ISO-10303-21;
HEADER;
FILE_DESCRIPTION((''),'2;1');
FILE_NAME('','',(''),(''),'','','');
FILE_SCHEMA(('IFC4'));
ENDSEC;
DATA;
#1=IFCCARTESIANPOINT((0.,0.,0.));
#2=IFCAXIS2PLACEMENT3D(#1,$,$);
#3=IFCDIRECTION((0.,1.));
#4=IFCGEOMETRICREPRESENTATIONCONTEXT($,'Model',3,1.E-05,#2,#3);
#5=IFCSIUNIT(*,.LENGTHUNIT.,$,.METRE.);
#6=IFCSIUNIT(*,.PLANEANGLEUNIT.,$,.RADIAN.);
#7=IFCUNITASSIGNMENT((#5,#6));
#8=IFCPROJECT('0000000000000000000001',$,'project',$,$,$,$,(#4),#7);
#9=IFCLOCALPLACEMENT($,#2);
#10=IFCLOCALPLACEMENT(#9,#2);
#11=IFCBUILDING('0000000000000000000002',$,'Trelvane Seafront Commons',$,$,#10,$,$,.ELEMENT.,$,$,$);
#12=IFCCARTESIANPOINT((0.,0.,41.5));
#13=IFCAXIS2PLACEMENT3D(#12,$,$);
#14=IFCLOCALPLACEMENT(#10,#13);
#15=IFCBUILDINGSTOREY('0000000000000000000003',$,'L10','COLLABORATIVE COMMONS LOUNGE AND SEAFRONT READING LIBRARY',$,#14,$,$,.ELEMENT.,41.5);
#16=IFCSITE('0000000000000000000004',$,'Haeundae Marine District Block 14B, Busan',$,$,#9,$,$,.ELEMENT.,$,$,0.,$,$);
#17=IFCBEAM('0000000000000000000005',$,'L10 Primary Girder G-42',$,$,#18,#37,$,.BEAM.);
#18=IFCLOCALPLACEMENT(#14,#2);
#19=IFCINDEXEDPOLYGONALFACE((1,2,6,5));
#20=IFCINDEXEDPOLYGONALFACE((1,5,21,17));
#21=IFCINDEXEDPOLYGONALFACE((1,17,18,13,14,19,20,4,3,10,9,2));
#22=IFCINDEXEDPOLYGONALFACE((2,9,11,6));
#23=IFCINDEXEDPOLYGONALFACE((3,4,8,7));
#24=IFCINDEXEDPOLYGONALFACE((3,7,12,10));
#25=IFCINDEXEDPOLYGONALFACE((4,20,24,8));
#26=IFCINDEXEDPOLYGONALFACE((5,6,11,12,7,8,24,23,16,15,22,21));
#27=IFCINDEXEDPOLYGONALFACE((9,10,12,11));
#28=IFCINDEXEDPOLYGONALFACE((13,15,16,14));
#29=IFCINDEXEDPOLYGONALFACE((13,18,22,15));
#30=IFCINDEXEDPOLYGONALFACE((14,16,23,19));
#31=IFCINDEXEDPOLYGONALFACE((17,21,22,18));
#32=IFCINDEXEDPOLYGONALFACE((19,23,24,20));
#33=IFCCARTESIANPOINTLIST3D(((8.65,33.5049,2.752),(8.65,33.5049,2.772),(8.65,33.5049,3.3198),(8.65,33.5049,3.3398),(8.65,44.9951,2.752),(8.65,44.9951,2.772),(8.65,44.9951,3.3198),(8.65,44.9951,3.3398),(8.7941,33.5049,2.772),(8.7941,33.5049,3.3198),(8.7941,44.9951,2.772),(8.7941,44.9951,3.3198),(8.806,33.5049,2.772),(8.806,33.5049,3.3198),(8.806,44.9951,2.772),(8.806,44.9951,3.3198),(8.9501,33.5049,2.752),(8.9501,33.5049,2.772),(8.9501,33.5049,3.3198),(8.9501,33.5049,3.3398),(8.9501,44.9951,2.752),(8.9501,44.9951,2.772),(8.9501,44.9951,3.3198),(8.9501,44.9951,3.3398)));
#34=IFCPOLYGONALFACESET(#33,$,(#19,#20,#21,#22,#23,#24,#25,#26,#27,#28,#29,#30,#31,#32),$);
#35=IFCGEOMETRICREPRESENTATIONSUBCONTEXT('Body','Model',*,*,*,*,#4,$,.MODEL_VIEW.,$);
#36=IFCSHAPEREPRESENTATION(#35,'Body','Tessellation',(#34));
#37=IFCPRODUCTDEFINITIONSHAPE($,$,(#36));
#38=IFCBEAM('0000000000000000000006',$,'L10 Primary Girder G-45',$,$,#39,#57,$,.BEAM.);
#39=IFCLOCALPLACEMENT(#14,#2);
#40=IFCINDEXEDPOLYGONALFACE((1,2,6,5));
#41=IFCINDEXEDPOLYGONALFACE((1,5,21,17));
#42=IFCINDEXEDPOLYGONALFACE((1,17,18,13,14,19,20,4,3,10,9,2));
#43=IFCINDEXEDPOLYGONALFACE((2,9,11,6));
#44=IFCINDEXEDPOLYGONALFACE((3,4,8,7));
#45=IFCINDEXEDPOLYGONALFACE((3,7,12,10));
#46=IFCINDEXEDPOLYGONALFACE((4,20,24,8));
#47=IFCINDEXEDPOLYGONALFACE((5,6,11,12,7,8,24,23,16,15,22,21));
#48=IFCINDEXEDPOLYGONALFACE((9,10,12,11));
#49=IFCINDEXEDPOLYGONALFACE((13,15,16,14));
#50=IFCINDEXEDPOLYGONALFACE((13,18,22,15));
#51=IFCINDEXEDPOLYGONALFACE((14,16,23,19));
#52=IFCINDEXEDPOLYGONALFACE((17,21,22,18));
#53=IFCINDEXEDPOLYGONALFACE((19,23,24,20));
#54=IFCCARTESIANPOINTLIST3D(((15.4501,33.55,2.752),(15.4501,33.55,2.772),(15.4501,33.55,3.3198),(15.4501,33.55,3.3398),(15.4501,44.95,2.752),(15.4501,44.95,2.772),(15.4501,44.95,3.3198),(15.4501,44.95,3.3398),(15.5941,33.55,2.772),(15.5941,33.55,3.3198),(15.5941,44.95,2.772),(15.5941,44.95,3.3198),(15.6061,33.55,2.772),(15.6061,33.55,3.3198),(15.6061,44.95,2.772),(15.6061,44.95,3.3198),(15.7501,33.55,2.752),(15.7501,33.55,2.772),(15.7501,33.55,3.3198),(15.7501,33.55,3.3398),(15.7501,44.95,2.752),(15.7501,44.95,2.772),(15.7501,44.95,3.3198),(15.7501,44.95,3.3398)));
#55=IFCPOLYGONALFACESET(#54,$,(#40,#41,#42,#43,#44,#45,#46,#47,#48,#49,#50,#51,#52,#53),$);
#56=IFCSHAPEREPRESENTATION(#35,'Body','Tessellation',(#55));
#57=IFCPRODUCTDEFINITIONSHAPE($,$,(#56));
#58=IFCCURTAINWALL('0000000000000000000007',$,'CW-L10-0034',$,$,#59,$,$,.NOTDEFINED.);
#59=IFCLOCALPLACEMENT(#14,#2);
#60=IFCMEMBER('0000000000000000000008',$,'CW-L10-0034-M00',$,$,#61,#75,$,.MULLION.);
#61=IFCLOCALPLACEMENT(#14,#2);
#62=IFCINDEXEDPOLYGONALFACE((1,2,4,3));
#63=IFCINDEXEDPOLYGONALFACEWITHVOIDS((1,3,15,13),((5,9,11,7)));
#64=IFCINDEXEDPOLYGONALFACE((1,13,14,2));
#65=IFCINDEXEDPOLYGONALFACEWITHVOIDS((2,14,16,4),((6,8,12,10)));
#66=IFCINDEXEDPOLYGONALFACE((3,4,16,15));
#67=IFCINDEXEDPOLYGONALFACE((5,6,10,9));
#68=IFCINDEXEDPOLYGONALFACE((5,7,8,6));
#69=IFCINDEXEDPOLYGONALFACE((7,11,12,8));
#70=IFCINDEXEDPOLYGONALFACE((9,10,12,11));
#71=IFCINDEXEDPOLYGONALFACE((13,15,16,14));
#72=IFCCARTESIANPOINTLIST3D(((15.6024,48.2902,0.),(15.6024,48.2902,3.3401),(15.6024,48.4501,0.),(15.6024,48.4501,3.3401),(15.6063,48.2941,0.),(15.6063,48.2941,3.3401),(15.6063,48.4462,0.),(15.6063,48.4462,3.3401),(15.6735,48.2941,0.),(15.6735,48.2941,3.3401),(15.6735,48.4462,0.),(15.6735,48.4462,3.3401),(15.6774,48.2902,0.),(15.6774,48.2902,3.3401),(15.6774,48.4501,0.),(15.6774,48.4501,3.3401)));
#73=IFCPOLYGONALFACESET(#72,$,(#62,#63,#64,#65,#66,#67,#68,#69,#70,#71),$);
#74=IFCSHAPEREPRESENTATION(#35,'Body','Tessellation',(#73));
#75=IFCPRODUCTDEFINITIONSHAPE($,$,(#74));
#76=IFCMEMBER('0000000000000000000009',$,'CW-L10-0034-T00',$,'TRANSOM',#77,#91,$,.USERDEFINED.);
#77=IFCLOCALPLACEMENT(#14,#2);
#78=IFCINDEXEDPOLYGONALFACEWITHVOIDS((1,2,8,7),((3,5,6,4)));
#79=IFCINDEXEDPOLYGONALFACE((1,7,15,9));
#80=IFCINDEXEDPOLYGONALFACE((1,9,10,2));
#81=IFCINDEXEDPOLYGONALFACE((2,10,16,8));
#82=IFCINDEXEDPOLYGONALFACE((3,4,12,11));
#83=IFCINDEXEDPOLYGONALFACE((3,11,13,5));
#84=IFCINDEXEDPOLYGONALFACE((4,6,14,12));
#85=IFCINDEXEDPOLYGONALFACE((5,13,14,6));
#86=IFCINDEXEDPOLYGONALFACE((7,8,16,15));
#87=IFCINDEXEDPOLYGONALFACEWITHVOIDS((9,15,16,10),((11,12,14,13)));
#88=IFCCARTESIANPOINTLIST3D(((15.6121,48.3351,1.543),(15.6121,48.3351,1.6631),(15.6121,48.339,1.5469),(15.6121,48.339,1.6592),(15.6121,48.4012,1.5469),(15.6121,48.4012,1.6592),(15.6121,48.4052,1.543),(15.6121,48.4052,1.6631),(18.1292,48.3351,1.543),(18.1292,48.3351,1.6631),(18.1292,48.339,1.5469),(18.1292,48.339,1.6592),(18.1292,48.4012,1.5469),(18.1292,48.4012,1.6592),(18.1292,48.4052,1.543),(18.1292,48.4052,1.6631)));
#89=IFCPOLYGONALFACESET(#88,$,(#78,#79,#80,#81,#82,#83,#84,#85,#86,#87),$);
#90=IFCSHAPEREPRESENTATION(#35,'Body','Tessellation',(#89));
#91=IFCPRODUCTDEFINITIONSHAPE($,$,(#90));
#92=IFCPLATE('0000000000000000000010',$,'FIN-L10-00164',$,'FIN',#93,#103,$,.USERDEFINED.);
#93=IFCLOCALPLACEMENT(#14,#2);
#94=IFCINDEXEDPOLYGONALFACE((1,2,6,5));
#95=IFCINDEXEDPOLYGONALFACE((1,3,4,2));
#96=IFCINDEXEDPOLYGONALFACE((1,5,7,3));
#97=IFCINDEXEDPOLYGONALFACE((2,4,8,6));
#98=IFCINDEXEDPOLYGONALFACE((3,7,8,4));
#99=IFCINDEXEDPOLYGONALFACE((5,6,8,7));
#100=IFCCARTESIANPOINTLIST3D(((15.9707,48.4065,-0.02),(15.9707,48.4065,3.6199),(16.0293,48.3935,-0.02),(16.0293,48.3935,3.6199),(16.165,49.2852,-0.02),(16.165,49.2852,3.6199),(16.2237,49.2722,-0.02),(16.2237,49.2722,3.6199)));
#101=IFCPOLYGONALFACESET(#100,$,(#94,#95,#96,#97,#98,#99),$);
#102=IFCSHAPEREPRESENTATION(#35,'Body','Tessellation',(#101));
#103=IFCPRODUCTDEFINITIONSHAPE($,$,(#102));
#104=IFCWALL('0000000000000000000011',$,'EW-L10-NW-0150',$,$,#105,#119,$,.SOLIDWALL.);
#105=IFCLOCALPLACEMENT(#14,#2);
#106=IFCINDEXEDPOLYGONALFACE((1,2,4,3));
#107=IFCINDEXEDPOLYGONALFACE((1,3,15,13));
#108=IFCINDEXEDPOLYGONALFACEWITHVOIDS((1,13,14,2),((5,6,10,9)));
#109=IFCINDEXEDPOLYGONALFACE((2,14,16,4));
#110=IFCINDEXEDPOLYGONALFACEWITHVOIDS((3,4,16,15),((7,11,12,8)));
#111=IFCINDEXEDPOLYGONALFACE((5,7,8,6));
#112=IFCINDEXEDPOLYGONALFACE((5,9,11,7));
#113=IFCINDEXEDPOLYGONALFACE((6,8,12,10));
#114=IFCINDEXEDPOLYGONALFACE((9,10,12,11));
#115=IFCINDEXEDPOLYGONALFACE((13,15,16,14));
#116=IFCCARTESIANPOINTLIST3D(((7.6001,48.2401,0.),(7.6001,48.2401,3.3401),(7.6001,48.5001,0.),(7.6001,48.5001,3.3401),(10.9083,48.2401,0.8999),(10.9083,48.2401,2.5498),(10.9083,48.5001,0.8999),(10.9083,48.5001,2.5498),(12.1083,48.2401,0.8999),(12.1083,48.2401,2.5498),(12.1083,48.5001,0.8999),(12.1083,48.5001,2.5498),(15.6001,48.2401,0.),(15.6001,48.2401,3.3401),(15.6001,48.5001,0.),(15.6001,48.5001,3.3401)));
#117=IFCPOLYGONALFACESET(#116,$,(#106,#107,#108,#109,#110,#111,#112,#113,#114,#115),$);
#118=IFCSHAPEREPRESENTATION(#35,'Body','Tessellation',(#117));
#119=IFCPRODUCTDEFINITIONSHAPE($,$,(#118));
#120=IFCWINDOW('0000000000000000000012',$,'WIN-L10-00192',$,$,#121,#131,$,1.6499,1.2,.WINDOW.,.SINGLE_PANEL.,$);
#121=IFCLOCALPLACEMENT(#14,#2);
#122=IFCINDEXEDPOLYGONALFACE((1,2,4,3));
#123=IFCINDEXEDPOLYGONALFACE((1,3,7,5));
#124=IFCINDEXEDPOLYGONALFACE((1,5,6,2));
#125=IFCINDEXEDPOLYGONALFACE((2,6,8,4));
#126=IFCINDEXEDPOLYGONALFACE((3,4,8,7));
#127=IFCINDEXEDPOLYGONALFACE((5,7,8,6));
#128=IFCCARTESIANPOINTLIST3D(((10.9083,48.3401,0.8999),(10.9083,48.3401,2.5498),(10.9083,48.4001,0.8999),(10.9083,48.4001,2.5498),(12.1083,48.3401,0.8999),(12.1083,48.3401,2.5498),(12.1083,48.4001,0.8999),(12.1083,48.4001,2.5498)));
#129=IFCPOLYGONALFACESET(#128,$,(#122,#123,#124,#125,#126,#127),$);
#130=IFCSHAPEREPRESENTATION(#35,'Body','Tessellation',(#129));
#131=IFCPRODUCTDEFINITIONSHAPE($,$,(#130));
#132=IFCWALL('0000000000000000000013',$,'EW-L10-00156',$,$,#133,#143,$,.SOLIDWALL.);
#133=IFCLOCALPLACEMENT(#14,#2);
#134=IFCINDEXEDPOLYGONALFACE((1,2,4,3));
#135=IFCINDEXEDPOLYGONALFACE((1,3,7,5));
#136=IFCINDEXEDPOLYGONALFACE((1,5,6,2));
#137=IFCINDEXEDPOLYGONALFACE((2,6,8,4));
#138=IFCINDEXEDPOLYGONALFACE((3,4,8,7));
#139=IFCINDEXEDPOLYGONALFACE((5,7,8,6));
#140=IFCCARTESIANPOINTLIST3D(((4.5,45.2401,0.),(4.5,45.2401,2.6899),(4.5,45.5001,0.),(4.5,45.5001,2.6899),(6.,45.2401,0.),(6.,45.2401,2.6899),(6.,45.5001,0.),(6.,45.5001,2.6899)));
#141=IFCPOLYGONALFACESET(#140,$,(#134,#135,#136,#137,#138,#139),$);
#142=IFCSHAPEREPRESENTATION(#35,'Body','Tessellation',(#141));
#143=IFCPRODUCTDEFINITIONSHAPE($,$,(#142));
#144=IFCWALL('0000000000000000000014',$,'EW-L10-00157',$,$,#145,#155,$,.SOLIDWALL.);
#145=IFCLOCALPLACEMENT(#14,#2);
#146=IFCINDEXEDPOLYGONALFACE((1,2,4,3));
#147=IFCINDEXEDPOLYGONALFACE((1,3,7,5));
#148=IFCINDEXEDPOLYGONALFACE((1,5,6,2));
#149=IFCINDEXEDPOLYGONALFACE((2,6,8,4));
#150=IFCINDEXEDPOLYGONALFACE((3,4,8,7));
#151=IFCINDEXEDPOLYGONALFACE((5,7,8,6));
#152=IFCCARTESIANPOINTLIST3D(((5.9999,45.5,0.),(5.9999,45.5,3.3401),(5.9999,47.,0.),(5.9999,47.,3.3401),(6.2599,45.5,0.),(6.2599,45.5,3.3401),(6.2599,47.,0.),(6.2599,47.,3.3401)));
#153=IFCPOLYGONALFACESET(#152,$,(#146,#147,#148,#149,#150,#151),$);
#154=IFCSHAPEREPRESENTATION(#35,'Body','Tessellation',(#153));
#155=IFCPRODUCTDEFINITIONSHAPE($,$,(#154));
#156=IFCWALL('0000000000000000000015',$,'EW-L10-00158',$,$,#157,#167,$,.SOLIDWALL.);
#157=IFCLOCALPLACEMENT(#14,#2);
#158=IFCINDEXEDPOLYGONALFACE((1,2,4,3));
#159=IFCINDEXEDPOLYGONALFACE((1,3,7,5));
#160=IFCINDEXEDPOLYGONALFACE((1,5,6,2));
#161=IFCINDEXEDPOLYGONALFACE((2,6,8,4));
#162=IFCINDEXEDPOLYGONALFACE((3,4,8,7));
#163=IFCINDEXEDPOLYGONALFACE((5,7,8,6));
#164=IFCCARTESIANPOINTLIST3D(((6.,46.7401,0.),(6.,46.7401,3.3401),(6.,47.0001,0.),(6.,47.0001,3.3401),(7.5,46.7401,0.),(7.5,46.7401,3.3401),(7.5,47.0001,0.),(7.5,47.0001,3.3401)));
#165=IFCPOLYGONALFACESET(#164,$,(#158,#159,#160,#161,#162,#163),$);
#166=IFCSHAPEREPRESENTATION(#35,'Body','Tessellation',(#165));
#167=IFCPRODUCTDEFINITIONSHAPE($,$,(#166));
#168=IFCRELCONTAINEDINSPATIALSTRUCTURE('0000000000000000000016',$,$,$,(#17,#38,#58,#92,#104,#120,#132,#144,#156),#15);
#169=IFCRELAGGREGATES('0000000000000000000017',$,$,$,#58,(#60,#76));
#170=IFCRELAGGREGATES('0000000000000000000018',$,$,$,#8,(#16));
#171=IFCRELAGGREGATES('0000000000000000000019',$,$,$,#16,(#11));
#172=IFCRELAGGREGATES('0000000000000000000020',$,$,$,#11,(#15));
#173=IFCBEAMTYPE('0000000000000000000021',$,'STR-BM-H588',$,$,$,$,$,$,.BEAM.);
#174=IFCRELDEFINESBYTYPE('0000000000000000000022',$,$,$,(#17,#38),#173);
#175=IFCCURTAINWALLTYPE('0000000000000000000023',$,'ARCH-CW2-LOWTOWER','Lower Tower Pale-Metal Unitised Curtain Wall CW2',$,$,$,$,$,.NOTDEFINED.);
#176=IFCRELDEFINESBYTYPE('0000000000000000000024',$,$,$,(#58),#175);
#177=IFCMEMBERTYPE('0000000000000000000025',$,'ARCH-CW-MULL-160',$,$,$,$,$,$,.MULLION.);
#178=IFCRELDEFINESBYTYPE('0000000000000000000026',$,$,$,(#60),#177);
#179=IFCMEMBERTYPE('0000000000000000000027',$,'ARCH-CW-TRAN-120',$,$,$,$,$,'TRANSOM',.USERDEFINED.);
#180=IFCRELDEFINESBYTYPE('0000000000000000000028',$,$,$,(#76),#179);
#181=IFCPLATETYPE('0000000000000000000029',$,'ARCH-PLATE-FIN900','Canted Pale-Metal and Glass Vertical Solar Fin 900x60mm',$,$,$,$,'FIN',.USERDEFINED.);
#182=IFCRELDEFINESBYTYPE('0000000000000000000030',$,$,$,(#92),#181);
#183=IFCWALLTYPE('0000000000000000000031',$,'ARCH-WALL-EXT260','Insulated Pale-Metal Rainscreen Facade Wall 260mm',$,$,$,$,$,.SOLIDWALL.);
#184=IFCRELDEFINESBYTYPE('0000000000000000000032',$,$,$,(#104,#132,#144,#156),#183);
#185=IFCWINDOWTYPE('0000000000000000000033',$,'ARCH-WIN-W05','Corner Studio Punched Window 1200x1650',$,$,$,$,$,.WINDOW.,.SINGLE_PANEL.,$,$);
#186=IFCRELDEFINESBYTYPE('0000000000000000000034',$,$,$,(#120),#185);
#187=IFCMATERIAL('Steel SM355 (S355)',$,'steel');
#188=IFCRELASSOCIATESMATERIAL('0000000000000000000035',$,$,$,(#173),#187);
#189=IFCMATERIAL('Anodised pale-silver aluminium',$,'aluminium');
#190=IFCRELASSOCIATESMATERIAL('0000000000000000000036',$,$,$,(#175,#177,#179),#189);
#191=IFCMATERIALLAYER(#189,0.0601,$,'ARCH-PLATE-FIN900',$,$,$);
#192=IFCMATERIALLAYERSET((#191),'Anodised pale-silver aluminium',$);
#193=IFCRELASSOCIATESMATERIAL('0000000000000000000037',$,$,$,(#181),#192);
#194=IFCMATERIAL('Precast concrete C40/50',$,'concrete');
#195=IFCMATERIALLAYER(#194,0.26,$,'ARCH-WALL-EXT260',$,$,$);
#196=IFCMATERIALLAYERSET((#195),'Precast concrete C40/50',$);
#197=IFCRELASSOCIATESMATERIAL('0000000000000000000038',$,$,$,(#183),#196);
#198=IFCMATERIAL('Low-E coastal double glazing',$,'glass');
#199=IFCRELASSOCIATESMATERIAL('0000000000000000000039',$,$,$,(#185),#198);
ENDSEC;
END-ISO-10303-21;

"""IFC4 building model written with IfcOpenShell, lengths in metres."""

from ifc_helpers import new_model, si_unit, direction, frame, frame_2d, origin, origin_2d, place, context, subcontext, project, spatial, rectangle, hollow_rectangle, i_section, extrude, source, transform, mapped, material, layer, layer_set, material_profile, profile_set, type_object, element, fill, aggregate, save


model = new_model("IFC4")

# Units and contexts
model_context = context("Model", 3, precision=1e-05, world=origin(), true_north=direction((0.0, 1.0)))
body_context = subcontext(model_context, "Body", "Model", "MODEL_VIEW")
ifc_project = project(units=[si_unit("LENGTHUNIT", "METRE"), si_unit("PLANEANGLEUNIT", "RADIAN")], contexts=[model_context])

# Site, building, storey
site_placement = place(None, origin())
site = spatial("IfcSite", under=ifc_project, at=site_placement, Name="Haeundae Marine District Block 14B, Busan", CompositionType="ELEMENT", RefElevation=0.0)
building_placement = place(site_placement, origin())
building = spatial("IfcBuilding", under=site, at=building_placement, Name="Trelvane Seafront Commons", CompositionType="ELEMENT")
storey_placement = place(building_placement, frame((0.0, 0.0, 41.5)))
storey = spatial("IfcBuildingStorey", under=building, at=storey_placement, Name="L10", Description="COLLABORATIVE COMMONS LOUNGE AND SEAFRONT READING LIBRARY", CompositionType="ELEMENT", Elevation=41.5)

# Shared definitions
ifc_material_1 = material(Name="Steel SM355 (S355)", Category="steel")

# Beams
ifc_material_profile_1 = material_profile(ifc_material_1, i_section(OverallWidth=0.3, OverallDepth=0.5879, WebThickness=0.012, FlangeThickness=0.02, at=origin_2d()), Name="H-588x300x12x20")
ifc_profile_set_1 = profile_set([ifc_material_profile_1], Name="Steel SM355 (S355)")
beam_type_1 = type_object("IfcBeamType", Name="STR-BM-H588", PredefinedType="BEAM", material=ifc_profile_set_1)
shared_shape_1 = source(origin(), body_context, "Body", "SweptSolid", [
    extrude(i_section(OverallWidth=0.3, OverallDepth=0.5879, WebThickness=0.012, FlangeThickness=0.02, at=origin_2d()), origin(), (0.0, 0.0, 1.0), 11.4902),
])
for number, where, z_axis, x_axis, name in (
    (1, (8.8, 33.5049, 3.0459), (0.0, 1.0, 0.0), (-1.0, 0.0, 0.0), "L10 Primary Girder G-42"),
):
    element("IfcBeam", number, at=place(storey_placement, frame(where, z_axis=z_axis, x_axis=x_axis)), inside=storey, type_object=beam_type_1, Name=name, PredefinedType="BEAM", context=body_context, shape_type="MappedRepresentation", body=[
        mapped(shared_shape_1, transform((0.0, 0.0, 0.0), x_axis=(1.0, 0.0, 0.0), y_axis=(0.0, 1.0, 0.0), z_axis=(0.0, 0.0, 1.0), scale=1.0)),
    ])
shared_shape_2 = source(origin(), body_context, "Body", "SweptSolid", [
    extrude(i_section(OverallWidth=0.3, OverallDepth=0.5879, WebThickness=0.012, FlangeThickness=0.02, at=origin_2d()), origin(), (0.0, 0.0, 1.0), 11.3999),
])
beam_1_placement = place(storey_placement, frame((15.6001, 33.55, 3.0459), z_axis=(0.0, 1.0, 0.0), x_axis=(-1.0, 0.0, 0.0)))
element("IfcBeam", 2, at=beam_1_placement, inside=storey, type_object=beam_type_1, Name="L10 Primary Girder G-45", PredefinedType="BEAM", context=body_context, shape_type="MappedRepresentation", body=[
    mapped(shared_shape_2, transform((0.0, 0.0, 0.0), x_axis=(1.0, 0.0, 0.0), y_axis=(0.0, 1.0, 0.0), z_axis=(0.0, 0.0, 1.0), scale=1.0)),
])

# Curtain wall, members
ifc_material_2 = material(Name="Anodised pale-silver aluminium", Category="aluminium")
curtain_wall_type = type_object("IfcCurtainWallType", Name="ARCH-CW2-LOWTOWER", Description="Lower Tower Pale-Metal Unitised Curtain Wall CW2", PredefinedType="NOTDEFINED", material=ifc_material_2)
curtain_wall_placement = place(storey_placement, origin())
curtain_wall = element("IfcCurtainWall", 3, at=curtain_wall_placement, inside=storey, type_object=curtain_wall_type, Name="CW-L10-0034", PredefinedType="NOTDEFINED")
ifc_material_profile_2 = material_profile(ifc_material_2, hollow_rectangle(XDim=0.075, YDim=0.1599, WallThickness=0.0039, at=origin_2d()), Name="MULL-75x160x4")
ifc_profile_set_2 = profile_set([ifc_material_profile_2], Name="Anodised pale-silver aluminium")
member_type_1 = type_object("IfcMemberType", Name="ARCH-CW-MULL-160", PredefinedType="MULLION", material=ifc_profile_set_2)
shared_shape_3 = source(origin(), body_context, "Body", "SweptSolid", [
    extrude(hollow_rectangle(XDim=0.075, YDim=0.1599, WallThickness=0.0039, at=origin_2d()), origin(), (0.0, 0.0, 1.0), 3.3401),
])
member_1_placement = place(storey_placement, frame((15.6399, 48.3701, 0.0), z_axis=(0.0, 0.0, 1.0), x_axis=(1.0, 0.0, 0.0)))
member_1 = element("IfcMember", 4, at=member_1_placement, type_object=member_type_1, Name="CW-L10-0034-M00", PredefinedType="MULLION", context=body_context, shape_type="MappedRepresentation", body=[
    mapped(shared_shape_3, transform((0.0, 0.0, 0.0), x_axis=(1.0, 0.0, 0.0), y_axis=(0.0, 1.0, 0.0), z_axis=(0.0, 0.0, 1.0), scale=1.0)),
])
ifc_material_profile_3 = material_profile(ifc_material_2, hollow_rectangle(XDim=0.0701, YDim=0.1201, WallThickness=0.0039, at=origin_2d()), Name="TRAN-70x120x4")
ifc_profile_set_3 = profile_set([ifc_material_profile_3], Name="Anodised pale-silver aluminium")
member_type_2 = type_object("IfcMemberType", Name="ARCH-CW-TRAN-120", ElementType="TRANSOM", PredefinedType="USERDEFINED", material=ifc_profile_set_3)
shared_shape_4 = source(origin(), body_context, "Body", "SweptSolid", [
    extrude(hollow_rectangle(XDim=0.0701, YDim=0.1201, WallThickness=0.0039, at=origin_2d()), origin(), (0.0, 0.0, 1.0), 2.5171),
])
member_2_placement = place(storey_placement, frame((15.6121, 48.3701, 1.603), z_axis=(1.0, 0.0, 0.0), x_axis=(0.0, 1.0, 0.0)))
member_2 = element("IfcMember", 5, at=member_2_placement, type_object=member_type_2, Name="CW-L10-0034-T00", ObjectType="TRANSOM", PredefinedType="USERDEFINED", context=body_context, shape_type="MappedRepresentation", body=[
    mapped(shared_shape_4, transform((0.0, 0.0, 0.0), x_axis=(1.0, 0.0, 0.0), y_axis=(0.0, 1.0, 0.0), z_axis=(0.0, 0.0, 1.0), scale=1.0)),
])
aggregate(curtain_wall, [member_1, member_2])

# Plate
ifc_layer_1 = layer(ifc_material_2, 0.0601, Name="ARCH-PLATE-FIN900")
ifc_layer_set_1 = layer_set([ifc_layer_1], Name="Anodised pale-silver aluminium")
plate_type = type_object("IfcPlateType", Name="ARCH-PLATE-FIN900", Description="Canted Pale-Metal and Glass Vertical Solar Fin 900x60mm", ElementType="FIN", PredefinedType="USERDEFINED", material=ifc_layer_set_1)
shared_shape_5 = source(origin(), body_context, "Body", "SweptSolid", [
    extrude(rectangle(XDim=0.8999, YDim=0.0601, at=origin_2d()), origin(), (0.0, 0.0, 1.0), 3.6399),
])
plate_placement = place(storey_placement, frame((16.0972, 48.8394, -0.02), z_axis=(0.0, 0.0, 1.0), x_axis=(0.216012, 0.976391, 0.0)))
element("IfcPlate", 6, at=plate_placement, inside=storey, type_object=plate_type, Name="FIN-L10-00164", ObjectType="FIN", PredefinedType="USERDEFINED", context=body_context, shape_type="MappedRepresentation", body=[
    mapped(shared_shape_5, transform((0.0, 0.0, 0.0), x_axis=(1.0, 0.0, 0.0), y_axis=(0.0, 1.0, 0.0), z_axis=(0.0, 0.0, 1.0), scale=1.0)),
])

# Wall, opening, window
ifc_material_3 = material(Name="Precast concrete C40/50", Category="concrete")
ifc_layer_2 = layer(ifc_material_3, 0.26, Name="ARCH-WALL-EXT260")
ifc_layer_set_2 = layer_set([ifc_layer_2], Name="Precast concrete C40/50")
wall_type_1 = type_object("IfcWallType", Name="ARCH-WALL-EXT260", Description="Insulated Pale-Metal Rainscreen Facade Wall 260mm", PredefinedType="SOLIDWALL", material=ifc_layer_set_2)
wall_1_placement = place(storey_placement, frame((7.6001, 48.3701, 0.0), z_axis=(0.0, 0.0, 1.0), x_axis=(1.0, 0.0, 0.0)))
wall_1 = element("IfcWall", 7, at=wall_1_placement, inside=storey, type_object=wall_type_1, Name="EW-L10-NW-0150", PredefinedType="SOLIDWALL", context=body_context, shape_type="SweptSolid", body=[
    extrude(rectangle(XDim=8.0, YDim=0.26, at=frame_2d((4.0, 0.0))), origin(), (0.0, 0.0, 1.0), 3.3401),
])
opening_1_placement = place(wall_1_placement, frame((3.3081, 0.0, 0.8999)))
opening_1 = element("IfcOpeningElement", 8, at=opening_1_placement, cuts=wall_1, PredefinedType="OPENING", context=body_context, shape_type="SweptSolid", body=[
    extrude(rectangle(XDim=1.2, YDim=1.6499, at=frame_2d((0.6001, 0.825))), frame((0.0, 0.1399, 0.0), z_axis=(0.0, -1.0, 0.0), x_axis=(1.0, 0.0, 0.0)), (0.0, 0.0, 1.0), 0.28),
])
ifc_material_4 = material(Name="Low-E coastal double glazing", Category="glass")
window_type = type_object("IfcWindowType", Name="ARCH-WIN-W05", Description="Corner Studio Punched Window 1200x1650", PartitioningType="SINGLE_PANEL", PredefinedType="WINDOW", material=ifc_material_4)
shared_shape_6 = source(origin(), body_context, "Body", "SweptSolid", [
    extrude(rectangle(XDim=1.2, YDim=1.6499, at=frame_2d((0.6001, 0.825))), frame((0.0, 0.03, 0.0), z_axis=(0.0, -1.0, 0.0), x_axis=(1.0, 0.0, 0.0)), (0.0, 0.0, 1.0), 0.0601),
])
window_placement = place(opening_1_placement, origin())
window = element("IfcWindow", 9, at=window_placement, inside=storey, type_object=window_type, Name="WIN-L10-00192", OverallHeight=1.6499, OverallWidth=1.2, PartitioningType="SINGLE_PANEL", PredefinedType="WINDOW", context=body_context, shape_type="MappedRepresentation", body=[
    mapped(shared_shape_6, transform((0.0, 0.0, 0.0), x_axis=(1.0, 0.0, 0.0), y_axis=(0.0, 1.0, 0.0), z_axis=(0.0, 0.0, 1.0), scale=1.0)),
])
fill(opening_1, window)

# Walls
wall_2_placement = place(storey_placement, frame((4.5, 45.3701, 0.0), z_axis=(0.0, 0.0, 1.0), x_axis=(1.0, 0.0, 0.0)))
element("IfcWall", 10, at=wall_2_placement, inside=storey, type_object=wall_type_1, Name="EW-L10-00156", PredefinedType="SOLIDWALL", context=body_context, shape_type="SweptSolid", body=[
    extrude(rectangle(XDim=1.5, YDim=0.26, at=frame_2d((0.75, 0.0))), origin(), (0.0, 0.0, 1.0), 2.6899),
])
for number, where, z_axis, x_axis, name in (
    (11, (6.1299, 45.5, 0.0), (0.0, 0.0, 1.0), (0.0, 1.0, 0.0), "EW-L10-00157"),
    (12, (6.0, 46.8701, 0.0), (0.0, 0.0, 1.0), (1.0, 0.0, 0.0), "EW-L10-00158"),
):
    element("IfcWall", number, at=place(storey_placement, frame(where, z_axis=z_axis, x_axis=x_axis)), inside=storey, type_object=wall_type_1, Name=name, PredefinedType="SOLIDWALL", context=body_context, shape_type="SweptSolid", body=[
        extrude(rectangle(XDim=1.5, YDim=0.26, at=frame_2d((0.75, 0.0))), origin(), (0.0, 0.0, 1.0), 3.3401),
    ])

save(model, "model.ifc")
